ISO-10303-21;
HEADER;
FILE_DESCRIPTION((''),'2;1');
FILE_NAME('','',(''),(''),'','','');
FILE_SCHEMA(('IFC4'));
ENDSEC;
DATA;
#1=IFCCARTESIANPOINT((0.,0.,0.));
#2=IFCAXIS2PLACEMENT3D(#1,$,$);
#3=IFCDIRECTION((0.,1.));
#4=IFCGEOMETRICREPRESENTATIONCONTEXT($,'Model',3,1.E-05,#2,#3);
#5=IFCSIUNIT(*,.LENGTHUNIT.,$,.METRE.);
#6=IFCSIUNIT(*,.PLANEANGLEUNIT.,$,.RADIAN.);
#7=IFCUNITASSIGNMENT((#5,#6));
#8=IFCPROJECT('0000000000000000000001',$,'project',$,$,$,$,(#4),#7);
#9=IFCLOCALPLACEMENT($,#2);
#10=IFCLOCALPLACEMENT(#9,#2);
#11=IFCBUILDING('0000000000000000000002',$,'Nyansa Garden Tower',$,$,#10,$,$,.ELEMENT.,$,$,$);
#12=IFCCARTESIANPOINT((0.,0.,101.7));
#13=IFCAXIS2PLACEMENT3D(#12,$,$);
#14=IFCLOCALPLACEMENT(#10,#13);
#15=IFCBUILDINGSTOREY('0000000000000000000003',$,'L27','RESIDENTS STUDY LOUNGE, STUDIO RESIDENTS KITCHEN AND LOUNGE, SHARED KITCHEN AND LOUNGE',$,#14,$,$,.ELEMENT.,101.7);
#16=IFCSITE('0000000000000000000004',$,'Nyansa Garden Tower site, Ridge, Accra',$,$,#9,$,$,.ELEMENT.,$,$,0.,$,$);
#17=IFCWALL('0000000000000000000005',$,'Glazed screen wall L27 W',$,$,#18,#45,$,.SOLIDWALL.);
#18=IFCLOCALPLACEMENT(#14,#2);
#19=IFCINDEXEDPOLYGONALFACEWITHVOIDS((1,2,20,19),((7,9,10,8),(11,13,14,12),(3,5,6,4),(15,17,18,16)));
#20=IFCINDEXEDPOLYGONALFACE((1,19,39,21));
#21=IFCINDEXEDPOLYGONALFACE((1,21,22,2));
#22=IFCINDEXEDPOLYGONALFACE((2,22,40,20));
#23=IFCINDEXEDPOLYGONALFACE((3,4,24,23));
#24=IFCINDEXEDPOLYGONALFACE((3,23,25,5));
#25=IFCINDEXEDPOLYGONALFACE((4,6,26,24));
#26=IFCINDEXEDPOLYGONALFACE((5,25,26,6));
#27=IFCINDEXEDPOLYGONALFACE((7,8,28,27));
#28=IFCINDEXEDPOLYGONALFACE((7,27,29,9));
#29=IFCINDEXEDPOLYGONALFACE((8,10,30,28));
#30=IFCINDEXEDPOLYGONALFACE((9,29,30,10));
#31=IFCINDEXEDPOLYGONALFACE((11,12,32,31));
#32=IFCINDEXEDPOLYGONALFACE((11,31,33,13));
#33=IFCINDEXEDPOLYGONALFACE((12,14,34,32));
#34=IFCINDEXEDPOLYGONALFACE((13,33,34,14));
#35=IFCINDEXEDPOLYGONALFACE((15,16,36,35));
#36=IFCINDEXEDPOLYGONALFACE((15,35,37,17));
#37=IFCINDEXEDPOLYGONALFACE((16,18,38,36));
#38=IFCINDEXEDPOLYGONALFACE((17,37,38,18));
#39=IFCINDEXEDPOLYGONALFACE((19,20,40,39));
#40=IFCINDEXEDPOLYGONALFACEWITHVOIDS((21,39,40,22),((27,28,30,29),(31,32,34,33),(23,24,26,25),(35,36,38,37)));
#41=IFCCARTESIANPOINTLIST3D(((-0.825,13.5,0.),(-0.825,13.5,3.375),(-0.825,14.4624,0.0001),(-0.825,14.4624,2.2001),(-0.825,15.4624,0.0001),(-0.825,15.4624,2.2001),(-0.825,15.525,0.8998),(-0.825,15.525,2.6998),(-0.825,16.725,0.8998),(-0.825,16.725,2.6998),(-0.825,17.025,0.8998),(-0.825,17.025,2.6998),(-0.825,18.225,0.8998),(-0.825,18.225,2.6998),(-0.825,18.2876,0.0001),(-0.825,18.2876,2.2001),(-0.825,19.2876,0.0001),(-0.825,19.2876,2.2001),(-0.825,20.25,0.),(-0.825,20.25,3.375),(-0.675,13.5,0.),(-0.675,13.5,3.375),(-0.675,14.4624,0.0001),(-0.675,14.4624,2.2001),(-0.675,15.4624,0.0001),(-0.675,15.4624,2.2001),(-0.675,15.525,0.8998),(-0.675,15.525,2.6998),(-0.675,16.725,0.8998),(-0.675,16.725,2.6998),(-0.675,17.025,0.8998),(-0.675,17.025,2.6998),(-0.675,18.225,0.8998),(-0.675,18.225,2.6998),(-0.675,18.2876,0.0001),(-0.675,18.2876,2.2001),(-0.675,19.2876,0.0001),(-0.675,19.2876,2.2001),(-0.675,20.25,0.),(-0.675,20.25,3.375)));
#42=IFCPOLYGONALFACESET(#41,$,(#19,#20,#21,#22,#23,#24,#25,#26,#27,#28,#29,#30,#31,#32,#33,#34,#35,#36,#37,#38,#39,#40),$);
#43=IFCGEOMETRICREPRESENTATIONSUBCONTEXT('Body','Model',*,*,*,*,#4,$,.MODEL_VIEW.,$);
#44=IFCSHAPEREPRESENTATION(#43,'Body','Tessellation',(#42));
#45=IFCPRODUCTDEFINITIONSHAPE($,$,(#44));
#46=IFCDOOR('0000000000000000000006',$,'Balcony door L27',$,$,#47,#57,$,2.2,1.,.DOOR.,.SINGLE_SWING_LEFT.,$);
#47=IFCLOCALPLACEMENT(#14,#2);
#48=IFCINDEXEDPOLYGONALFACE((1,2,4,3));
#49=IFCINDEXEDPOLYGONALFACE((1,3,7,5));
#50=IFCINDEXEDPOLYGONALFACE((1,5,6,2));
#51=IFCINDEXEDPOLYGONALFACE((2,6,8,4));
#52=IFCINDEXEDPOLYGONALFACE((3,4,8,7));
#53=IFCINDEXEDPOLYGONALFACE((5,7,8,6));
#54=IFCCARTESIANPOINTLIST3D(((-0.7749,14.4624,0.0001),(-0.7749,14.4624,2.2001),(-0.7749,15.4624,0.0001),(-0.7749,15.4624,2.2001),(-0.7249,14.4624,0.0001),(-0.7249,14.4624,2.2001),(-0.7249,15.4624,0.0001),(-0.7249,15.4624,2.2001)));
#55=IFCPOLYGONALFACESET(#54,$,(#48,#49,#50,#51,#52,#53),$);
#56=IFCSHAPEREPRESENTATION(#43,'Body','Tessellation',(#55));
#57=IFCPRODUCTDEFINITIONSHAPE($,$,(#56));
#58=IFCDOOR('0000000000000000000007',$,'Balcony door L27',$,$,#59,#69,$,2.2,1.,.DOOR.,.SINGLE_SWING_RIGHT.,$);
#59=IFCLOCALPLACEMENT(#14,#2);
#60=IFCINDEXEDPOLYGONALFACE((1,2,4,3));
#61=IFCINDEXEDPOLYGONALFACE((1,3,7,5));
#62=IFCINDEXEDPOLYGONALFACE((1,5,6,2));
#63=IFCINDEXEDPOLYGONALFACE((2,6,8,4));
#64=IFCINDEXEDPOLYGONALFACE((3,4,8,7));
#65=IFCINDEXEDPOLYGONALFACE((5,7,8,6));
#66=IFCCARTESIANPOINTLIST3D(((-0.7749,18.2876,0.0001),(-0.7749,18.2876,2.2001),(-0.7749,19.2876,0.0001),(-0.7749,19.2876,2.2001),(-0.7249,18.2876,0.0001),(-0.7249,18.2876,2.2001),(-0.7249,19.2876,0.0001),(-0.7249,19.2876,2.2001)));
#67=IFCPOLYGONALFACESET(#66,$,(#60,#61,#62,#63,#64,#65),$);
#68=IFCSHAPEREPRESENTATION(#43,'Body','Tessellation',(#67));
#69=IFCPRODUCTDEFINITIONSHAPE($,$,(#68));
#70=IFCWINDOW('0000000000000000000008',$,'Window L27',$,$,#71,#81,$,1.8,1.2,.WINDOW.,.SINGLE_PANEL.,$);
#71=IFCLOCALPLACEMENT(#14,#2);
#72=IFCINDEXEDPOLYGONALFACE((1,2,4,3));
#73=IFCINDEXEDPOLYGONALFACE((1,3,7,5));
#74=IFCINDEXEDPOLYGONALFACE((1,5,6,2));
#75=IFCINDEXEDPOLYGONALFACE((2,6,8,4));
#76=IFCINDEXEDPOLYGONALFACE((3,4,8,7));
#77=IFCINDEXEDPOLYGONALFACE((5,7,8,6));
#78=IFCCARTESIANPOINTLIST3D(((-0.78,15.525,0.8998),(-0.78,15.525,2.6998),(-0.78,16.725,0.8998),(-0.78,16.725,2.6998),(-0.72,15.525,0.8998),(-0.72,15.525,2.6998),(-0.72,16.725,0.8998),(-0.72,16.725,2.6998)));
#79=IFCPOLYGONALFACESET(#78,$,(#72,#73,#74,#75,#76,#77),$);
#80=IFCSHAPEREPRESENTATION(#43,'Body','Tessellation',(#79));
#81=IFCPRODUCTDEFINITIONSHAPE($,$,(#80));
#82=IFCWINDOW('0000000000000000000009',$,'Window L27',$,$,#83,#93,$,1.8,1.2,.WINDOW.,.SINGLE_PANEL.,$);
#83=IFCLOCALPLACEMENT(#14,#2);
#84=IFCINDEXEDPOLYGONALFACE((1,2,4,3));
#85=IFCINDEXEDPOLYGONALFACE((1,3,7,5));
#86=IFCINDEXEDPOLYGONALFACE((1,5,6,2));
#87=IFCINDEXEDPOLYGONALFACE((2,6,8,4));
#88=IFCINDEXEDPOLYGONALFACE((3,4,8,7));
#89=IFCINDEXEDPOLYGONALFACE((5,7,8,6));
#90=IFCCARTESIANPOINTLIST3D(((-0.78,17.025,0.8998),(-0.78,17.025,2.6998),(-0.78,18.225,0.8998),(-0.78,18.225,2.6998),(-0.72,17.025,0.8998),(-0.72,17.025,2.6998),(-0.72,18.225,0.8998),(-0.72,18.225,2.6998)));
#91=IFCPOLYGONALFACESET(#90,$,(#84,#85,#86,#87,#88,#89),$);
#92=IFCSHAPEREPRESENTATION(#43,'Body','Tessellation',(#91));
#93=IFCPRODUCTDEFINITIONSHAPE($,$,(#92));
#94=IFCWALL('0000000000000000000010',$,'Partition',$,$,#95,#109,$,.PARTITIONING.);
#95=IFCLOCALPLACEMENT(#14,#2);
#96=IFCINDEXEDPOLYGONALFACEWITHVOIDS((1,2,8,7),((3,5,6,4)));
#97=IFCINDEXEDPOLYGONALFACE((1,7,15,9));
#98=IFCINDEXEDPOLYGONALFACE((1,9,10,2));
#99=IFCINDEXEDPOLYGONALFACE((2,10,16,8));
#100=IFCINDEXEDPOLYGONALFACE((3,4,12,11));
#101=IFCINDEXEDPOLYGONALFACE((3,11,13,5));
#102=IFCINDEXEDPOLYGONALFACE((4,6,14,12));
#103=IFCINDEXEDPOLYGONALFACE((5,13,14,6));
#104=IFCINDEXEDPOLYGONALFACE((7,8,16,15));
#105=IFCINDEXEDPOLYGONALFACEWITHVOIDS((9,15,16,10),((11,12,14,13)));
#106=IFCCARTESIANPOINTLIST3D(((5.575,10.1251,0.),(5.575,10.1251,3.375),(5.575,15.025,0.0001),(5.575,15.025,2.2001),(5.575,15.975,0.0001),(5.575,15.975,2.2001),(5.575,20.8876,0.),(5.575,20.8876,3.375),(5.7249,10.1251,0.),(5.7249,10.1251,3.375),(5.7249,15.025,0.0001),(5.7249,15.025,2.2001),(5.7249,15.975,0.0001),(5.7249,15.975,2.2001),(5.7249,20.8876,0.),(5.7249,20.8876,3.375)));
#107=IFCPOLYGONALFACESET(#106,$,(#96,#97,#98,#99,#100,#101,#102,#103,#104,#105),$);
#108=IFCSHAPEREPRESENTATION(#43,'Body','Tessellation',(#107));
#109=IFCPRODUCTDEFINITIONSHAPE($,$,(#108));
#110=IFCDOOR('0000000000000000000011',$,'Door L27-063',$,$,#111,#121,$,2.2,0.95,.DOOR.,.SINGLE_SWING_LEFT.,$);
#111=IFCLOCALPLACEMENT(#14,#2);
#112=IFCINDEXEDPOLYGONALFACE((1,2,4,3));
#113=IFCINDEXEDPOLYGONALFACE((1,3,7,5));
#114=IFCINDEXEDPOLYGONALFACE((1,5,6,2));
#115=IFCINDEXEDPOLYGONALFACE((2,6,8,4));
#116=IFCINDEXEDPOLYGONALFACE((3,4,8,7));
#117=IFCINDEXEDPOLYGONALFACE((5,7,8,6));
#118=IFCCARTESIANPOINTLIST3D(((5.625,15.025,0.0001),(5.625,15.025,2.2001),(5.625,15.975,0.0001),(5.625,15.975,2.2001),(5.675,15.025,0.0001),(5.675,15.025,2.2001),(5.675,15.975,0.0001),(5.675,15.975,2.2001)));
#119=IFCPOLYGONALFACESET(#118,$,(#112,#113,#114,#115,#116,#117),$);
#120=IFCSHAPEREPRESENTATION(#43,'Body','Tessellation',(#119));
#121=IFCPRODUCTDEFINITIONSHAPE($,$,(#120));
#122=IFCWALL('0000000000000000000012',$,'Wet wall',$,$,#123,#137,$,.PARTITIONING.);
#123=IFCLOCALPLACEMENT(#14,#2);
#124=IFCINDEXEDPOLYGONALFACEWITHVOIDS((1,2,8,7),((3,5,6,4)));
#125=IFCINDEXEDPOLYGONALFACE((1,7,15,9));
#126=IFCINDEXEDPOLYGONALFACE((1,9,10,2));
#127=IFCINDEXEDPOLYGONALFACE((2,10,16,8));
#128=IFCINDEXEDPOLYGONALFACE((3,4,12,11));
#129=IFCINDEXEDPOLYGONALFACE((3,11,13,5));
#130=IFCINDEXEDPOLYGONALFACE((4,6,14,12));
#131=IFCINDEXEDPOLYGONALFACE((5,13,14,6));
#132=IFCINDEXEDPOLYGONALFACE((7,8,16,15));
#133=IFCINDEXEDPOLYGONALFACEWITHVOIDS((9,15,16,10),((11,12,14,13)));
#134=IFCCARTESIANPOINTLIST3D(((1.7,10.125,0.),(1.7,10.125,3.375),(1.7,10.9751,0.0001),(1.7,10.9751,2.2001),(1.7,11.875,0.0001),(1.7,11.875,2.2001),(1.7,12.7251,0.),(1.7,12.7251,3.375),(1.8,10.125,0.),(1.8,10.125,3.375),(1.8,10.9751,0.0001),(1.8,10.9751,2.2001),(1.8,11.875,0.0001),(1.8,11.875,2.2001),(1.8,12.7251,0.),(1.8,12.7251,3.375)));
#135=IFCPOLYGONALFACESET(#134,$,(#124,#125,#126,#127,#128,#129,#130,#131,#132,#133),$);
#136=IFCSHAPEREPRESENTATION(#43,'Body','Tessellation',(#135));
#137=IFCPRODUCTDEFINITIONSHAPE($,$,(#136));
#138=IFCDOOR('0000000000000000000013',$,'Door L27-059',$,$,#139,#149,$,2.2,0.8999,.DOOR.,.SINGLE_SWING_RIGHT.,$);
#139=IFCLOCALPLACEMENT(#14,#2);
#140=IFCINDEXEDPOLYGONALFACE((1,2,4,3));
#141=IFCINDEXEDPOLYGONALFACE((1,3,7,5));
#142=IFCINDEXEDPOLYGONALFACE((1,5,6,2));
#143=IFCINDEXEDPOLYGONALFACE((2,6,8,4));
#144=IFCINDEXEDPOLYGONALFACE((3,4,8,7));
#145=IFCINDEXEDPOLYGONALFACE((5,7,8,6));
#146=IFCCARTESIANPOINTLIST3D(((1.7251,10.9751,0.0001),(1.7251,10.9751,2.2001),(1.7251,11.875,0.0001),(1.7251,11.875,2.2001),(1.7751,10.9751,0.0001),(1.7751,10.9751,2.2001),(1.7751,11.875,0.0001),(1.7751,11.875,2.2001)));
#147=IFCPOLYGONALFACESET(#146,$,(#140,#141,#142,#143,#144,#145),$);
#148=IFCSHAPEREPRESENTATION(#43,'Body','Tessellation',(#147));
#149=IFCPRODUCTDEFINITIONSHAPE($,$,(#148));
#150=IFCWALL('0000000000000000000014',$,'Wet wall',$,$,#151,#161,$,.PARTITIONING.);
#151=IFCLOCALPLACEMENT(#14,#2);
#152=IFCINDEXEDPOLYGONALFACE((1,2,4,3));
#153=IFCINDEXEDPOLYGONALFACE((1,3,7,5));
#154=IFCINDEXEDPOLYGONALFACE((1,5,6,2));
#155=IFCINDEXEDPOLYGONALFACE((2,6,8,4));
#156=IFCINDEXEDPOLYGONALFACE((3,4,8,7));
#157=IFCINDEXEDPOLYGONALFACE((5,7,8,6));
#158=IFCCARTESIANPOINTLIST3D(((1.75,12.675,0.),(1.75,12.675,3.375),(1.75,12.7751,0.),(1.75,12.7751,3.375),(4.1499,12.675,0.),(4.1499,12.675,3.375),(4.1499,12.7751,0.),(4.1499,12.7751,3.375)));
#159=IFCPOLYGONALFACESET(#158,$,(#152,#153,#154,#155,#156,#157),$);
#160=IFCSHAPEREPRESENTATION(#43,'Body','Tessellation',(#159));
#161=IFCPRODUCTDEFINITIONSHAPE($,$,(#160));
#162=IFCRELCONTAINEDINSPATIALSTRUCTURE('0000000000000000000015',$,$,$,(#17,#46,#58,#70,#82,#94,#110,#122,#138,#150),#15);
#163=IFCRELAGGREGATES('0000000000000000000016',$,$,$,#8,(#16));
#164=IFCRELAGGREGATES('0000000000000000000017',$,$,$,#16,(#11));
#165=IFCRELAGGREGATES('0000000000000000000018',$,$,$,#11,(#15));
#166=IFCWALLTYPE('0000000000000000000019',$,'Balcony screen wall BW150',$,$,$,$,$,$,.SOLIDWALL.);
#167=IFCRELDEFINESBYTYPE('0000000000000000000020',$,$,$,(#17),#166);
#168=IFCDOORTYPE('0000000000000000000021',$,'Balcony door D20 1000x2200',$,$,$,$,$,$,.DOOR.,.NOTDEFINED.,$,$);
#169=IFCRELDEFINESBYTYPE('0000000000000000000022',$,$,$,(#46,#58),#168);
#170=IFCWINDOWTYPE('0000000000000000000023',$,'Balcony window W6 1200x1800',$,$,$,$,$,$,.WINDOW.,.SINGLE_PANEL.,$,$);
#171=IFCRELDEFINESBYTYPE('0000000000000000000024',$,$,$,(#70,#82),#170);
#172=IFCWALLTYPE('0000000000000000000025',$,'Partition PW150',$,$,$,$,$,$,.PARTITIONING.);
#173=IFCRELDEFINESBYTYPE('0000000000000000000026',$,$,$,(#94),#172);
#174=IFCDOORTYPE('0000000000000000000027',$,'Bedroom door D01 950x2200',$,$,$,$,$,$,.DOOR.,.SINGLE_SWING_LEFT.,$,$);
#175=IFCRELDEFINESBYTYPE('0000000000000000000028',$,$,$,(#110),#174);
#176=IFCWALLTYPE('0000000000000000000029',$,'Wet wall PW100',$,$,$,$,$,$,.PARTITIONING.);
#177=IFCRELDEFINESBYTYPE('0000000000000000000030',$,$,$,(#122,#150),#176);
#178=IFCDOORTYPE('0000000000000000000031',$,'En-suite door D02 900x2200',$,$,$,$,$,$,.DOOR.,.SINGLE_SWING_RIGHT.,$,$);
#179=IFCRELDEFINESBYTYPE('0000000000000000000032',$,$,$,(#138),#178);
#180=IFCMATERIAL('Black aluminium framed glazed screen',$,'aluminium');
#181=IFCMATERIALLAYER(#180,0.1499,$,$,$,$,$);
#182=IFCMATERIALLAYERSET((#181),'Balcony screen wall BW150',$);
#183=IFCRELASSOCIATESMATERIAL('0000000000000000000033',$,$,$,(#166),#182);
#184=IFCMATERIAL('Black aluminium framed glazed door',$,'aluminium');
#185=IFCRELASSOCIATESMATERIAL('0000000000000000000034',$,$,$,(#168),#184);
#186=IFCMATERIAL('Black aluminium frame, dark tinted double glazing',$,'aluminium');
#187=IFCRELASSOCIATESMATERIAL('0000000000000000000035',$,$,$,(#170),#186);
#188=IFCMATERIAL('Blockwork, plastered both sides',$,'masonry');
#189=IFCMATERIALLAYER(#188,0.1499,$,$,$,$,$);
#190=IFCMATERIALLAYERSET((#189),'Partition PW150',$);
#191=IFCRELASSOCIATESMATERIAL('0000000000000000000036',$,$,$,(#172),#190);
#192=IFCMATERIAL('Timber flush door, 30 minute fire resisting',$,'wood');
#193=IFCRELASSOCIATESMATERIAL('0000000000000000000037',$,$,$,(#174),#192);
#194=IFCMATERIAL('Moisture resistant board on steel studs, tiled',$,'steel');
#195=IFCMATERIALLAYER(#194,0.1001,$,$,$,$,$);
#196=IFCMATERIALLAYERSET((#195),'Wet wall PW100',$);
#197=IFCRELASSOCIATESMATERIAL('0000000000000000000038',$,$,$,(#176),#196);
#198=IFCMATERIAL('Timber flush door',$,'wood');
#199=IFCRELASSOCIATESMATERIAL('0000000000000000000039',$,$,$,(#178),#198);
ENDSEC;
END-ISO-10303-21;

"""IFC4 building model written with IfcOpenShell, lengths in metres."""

from ifc_helpers import new_model, si_unit, direction, frame, frame_2d, origin, place, context, subcontext, project, spatial, rectangle, extrude, material, layer, layer_set, type_object, element, fill, save


model = new_model("IFC4")

# Units and contexts
model_context = context("Model", 3, precision=1e-05, world=origin(), true_north=direction((0.0, 1.0)))
body_context = subcontext(model_context, "Body", "Model", "MODEL_VIEW")
ifc_project = project(units=[si_unit("LENGTHUNIT", "METRE"), si_unit("PLANEANGLEUNIT", "RADIAN")], contexts=[model_context])

# Site, building, storey
site_placement = place(None, origin())
site = spatial("IfcSite", under=ifc_project, at=site_placement, Name="Nyansa Garden Tower site, Ridge, Accra", CompositionType="ELEMENT", RefElevation=0.0)
building_placement = place(site_placement, origin())
building = spatial("IfcBuilding", under=site, at=building_placement, Name="Nyansa Garden Tower", CompositionType="ELEMENT")
storey_placement = place(building_placement, frame((0.0, 0.0, 101.7)))
storey = spatial("IfcBuildingStorey", under=building, at=storey_placement, Name="L27", Description="RESIDENTS STUDY LOUNGE, STUDIO RESIDENTS KITCHEN AND LOUNGE, SHARED KITCHEN AND LOUNGE", CompositionType="ELEMENT", Elevation=101.7)

# Wall, openings, doors, windows
ifc_material_1 = material(Name="Black aluminium framed glazed screen", Category="aluminium")
ifc_layer_1 = layer(ifc_material_1, 0.1499)
ifc_layer_set_1 = layer_set([ifc_layer_1], Name="Balcony screen wall BW150")
wall_type_1 = type_object("IfcWallType", Name="Balcony screen wall BW150", PredefinedType="SOLIDWALL", material=ifc_layer_set_1)
wall_1_placement = place(storey_placement, frame((-0.75, 13.5, 0.0), z_axis=(0.0, 0.0, 1.0), x_axis=(0.0, 1.0, 0.0)))
wall_1 = element("IfcWall", 1, at=wall_1_placement, inside=storey, type_object=wall_type_1, Name="Glazed screen wall L27 W", PredefinedType="SOLIDWALL", context=body_context, shape_type="SweptSolid", body=[
    extrude(rectangle(XDim=6.75, YDim=0.1499, at=frame_2d((3.375, 0.0))), origin(), (0.0, 0.0, 1.0), 3.375),
])
opening_1_placement = place(wall_1_placement, frame((0.9624, 0.0, 0.0)))
opening_1 = element("IfcOpeningElement", 2, at=opening_1_placement, cuts=wall_1, PredefinedType="OPENING", context=body_context, shape_type="SweptSolid", body=[
    extrude(rectangle(XDim=1.0, YDim=2.2, at=frame_2d((0.5, 1.1001))), frame((0.0, 0.085, 0.0), z_axis=(0.0, -1.0, 0.0), x_axis=(1.0, 0.0, 0.0)), (0.0, 0.0, 1.0), 0.1699),
])
opening_2_placement = place(wall_1_placement, frame((2.0249, 0.0, 0.8999)))
opening_2 = element("IfcOpeningElement", 3, at=opening_2_placement, cuts=wall_1, PredefinedType="OPENING", context=body_context, shape_type="SweptSolid", body=[
    extrude(rectangle(XDim=1.2, YDim=1.8, at=frame_2d((0.6001, 0.8999))), frame((0.0, 0.085, 0.0), z_axis=(0.0, -1.0, 0.0), x_axis=(1.0, 0.0, 0.0)), (0.0, 0.0, 1.0), 0.1699),
])
opening_3_placement = place(wall_1_placement, frame((4.7876, 0.0, 0.0)))
opening_3 = element("IfcOpeningElement", 4, at=opening_3_placement, cuts=wall_1, PredefinedType="OPENING", context=body_context, shape_type="SweptSolid", body=[
    extrude(rectangle(XDim=1.0, YDim=2.2, at=frame_2d((0.5, 1.1001))), frame((0.0, 0.085, 0.0), z_axis=(0.0, -1.0, 0.0), x_axis=(1.0, 0.0, 0.0)), (0.0, 0.0, 1.0), 0.1699),
])
opening_4_placement = place(wall_1_placement, frame((3.5249, 0.0, 0.8999)))
opening_4 = element("IfcOpeningElement", 5, at=opening_4_placement, cuts=wall_1, PredefinedType="OPENING", context=body_context, shape_type="SweptSolid", body=[
    extrude(rectangle(XDim=1.2, YDim=1.8, at=frame_2d((0.6001, 0.8999))), frame((0.0, 0.085, 0.0), z_axis=(0.0, -1.0, 0.0), x_axis=(1.0, 0.0, 0.0)), (0.0, 0.0, 1.0), 0.1699),
])
ifc_material_2 = material(Name="Black aluminium framed glazed door", Category="aluminium")
door_type_1 = type_object("IfcDoorType", Name="Balcony door D20 1000x2200", OperationType="NOTDEFINED", PredefinedType="DOOR", material=ifc_material_2)
door_1_placement = place(opening_1_placement, origin())
door_1 = element("IfcDoor", 6, at=door_1_placement, inside=storey, type_object=door_type_1, Name="Balcony door L27", OperationType="SINGLE_SWING_LEFT", OverallHeight=2.2, OverallWidth=1.0, PredefinedType="DOOR", context=body_context, shape_type="SweptSolid", body=[
    extrude(rectangle(XDim=1.0, YDim=2.2, at=frame_2d((0.5, 1.1001))), frame((0.0, 0.0249, 0.0), z_axis=(0.0, -1.0, 0.0), x_axis=(1.0, 0.0, 0.0)), (0.0, 0.0, 1.0), 0.05),
])
fill(opening_1, door_1)
door_2_placement = place(opening_3_placement, origin())
door_2 = element("IfcDoor", 7, at=door_2_placement, inside=storey, type_object=door_type_1, Name="Balcony door L27", OperationType="SINGLE_SWING_RIGHT", OverallHeight=2.2, OverallWidth=1.0, PredefinedType="DOOR", context=body_context, shape_type="SweptSolid", body=[
    extrude(rectangle(XDim=1.0, YDim=2.2, at=frame_2d((0.5, 1.1001))), frame((0.0, 0.0249, 0.0), z_axis=(0.0, -1.0, 0.0), x_axis=(1.0, 0.0, 0.0)), (0.0, 0.0, 1.0), 0.05),
])
fill(opening_3, door_2)
ifc_material_3 = material(Name="Black aluminium frame, dark tinted double glazing", Category="aluminium")
window_type = type_object("IfcWindowType", Name="Balcony window W6 1200x1800", PartitioningType="SINGLE_PANEL", PredefinedType="WINDOW", material=ifc_material_3)
window_1_placement = place(opening_2_placement, origin())
window_1 = element("IfcWindow", 8, at=window_1_placement, inside=storey, type_object=window_type, Name="Window L27", OverallHeight=1.8, OverallWidth=1.2, PartitioningType="SINGLE_PANEL", PredefinedType="WINDOW", context=body_context, shape_type="SweptSolid", body=[
    extrude(rectangle(XDim=1.2, YDim=1.8, at=frame_2d((0.6001, 0.8999))), frame((0.0, 0.03, 0.0), z_axis=(0.0, -1.0, 0.0), x_axis=(1.0, 0.0, 0.0)), (0.0, 0.0, 1.0), 0.0601),
])
fill(opening_2, window_1)
window_2_placement = place(opening_4_placement, origin())
window_2 = element("IfcWindow", 9, at=window_2_placement, inside=storey, type_object=window_type, Name="Window L27", OverallHeight=1.8, OverallWidth=1.2, PartitioningType="SINGLE_PANEL", PredefinedType="WINDOW", context=body_context, shape_type="SweptSolid", body=[
    extrude(rectangle(XDim=1.2, YDim=1.8, at=frame_2d((0.6001, 0.8999))), frame((0.0, 0.03, 0.0), z_axis=(0.0, -1.0, 0.0), x_axis=(1.0, 0.0, 0.0)), (0.0, 0.0, 1.0), 0.0601),
])
fill(opening_4, window_2)

# Walls, openings, doors
ifc_material_4 = material(Name="Blockwork, plastered both sides", Category="masonry")
ifc_layer_2 = layer(ifc_material_4, 0.1499)
ifc_layer_set_2 = layer_set([ifc_layer_2], Name="Partition PW150")
wall_type_2 = type_object("IfcWallType", Name="Partition PW150", PredefinedType="PARTITIONING", material=ifc_layer_set_2)
wall_2_placement = place(storey_placement, frame((5.6499, 10.125, 0.0), z_axis=(0.0, 0.0, 1.0), x_axis=(0.0, 1.0, 0.0)))
wall_2 = element("IfcWall", 10, at=wall_2_placement, inside=storey, type_object=wall_type_2, Name="Partition", PredefinedType="PARTITIONING", context=body_context, shape_type="SweptSolid", body=[
    extrude(rectangle(XDim=10.7625, YDim=0.1499, at=frame_2d((5.3813, 0.0))), origin(), (0.0, 0.0, 1.0), 3.375),
])
opening_5_placement = place(wall_2_placement, frame((4.8999, 0.0, 0.0)))
opening_5 = element("IfcOpeningElement", 11, at=opening_5_placement, cuts=wall_2, PredefinedType="OPENING", context=body_context, shape_type="SweptSolid", body=[
    extrude(rectangle(XDim=0.95, YDim=2.2, at=frame_2d((0.4751, 1.1001))), frame((0.0, 0.085, 0.0), z_axis=(0.0, -1.0, 0.0), x_axis=(1.0, 0.0, 0.0)), (0.0, 0.0, 1.0), 0.1699),
])
ifc_material_5 = material(Name="Timber flush door, 30 minute fire resisting", Category="wood")
door_type_2 = type_object("IfcDoorType", Name="Bedroom door D01 950x2200", OperationType="SINGLE_SWING_LEFT", PredefinedType="DOOR", material=ifc_material_5)
door_3_placement = place(opening_5_placement, origin())
door_3 = element("IfcDoor", 12, at=door_3_placement, inside=storey, type_object=door_type_2, Name="Door L27-063", OperationType="SINGLE_SWING_LEFT", OverallHeight=2.2, OverallWidth=0.95, PredefinedType="DOOR", context=body_context, shape_type="SweptSolid", body=[
    extrude(rectangle(XDim=0.95, YDim=2.2, at=frame_2d((0.4751, 1.1001))), frame((0.0, 0.0249, 0.0), z_axis=(0.0, -1.0, 0.0), x_axis=(1.0, 0.0, 0.0)), (0.0, 0.0, 1.0), 0.05),
])
fill(opening_5, door_3)
ifc_material_6 = material(Name="Moisture resistant board on steel studs, tiled", Category="steel")
ifc_layer_3 = layer(ifc_material_6, 0.1001)
ifc_layer_set_3 = layer_set([ifc_layer_3], Name="Wet wall PW100")
wall_type_3 = type_object("IfcWallType", Name="Wet wall PW100", PredefinedType="PARTITIONING", material=ifc_layer_set_3)
wall_3_placement = place(storey_placement, frame((1.75, 10.125, 0.0), z_axis=(0.0, 0.0, 1.0), x_axis=(0.0, 1.0, 0.0)))
wall_3 = element("IfcWall", 13, at=wall_3_placement, inside=storey, type_object=wall_type_3, Name="Wet wall", PredefinedType="PARTITIONING", context=body_context, shape_type="SweptSolid", body=[
    extrude(rectangle(XDim=2.6001, YDim=0.1001, at=frame_2d((1.3, 0.0))), origin(), (0.0, 0.0, 1.0), 3.375),
])
opening_6_placement = place(wall_3_placement, frame((0.8501, 0.0, 0.0)))
opening_6 = element("IfcOpeningElement", 14, at=opening_6_placement, cuts=wall_3, PredefinedType="OPENING", context=body_context, shape_type="SweptSolid", body=[
    extrude(rectangle(XDim=0.8999, YDim=2.2, at=frame_2d((0.45, 1.1001))), frame((0.0, 0.0601, 0.0), z_axis=(0.0, -1.0, 0.0), x_axis=(1.0, 0.0, 0.0)), (0.0, 0.0, 1.0), 0.1201),
])
ifc_material_7 = material(Name="Timber flush door", Category="wood")
door_type_3 = type_object("IfcDoorType", Name="En-suite door D02 900x2200", OperationType="SINGLE_SWING_RIGHT", PredefinedType="DOOR", material=ifc_material_7)
door_4_placement = place(opening_6_placement, origin())
door_4 = element("IfcDoor", 15, at=door_4_placement, inside=storey, type_object=door_type_3, Name="Door L27-059", OperationType="SINGLE_SWING_RIGHT", OverallHeight=2.2, OverallWidth=0.8999, PredefinedType="DOOR", context=body_context, shape_type="SweptSolid", body=[
    extrude(rectangle(XDim=0.8999, YDim=2.2, at=frame_2d((0.45, 1.1001))), frame((0.0, 0.0249, 0.0), z_axis=(0.0, -1.0, 0.0), x_axis=(1.0, 0.0, 0.0)), (0.0, 0.0, 1.0), 0.05),
])
fill(opening_6, door_4)

# Wall
wall_4_placement = place(storey_placement, frame((1.75, 12.7251, 0.0), z_axis=(0.0, 0.0, 1.0), x_axis=(1.0, 0.0, 0.0)))
element("IfcWall", 16, at=wall_4_placement, inside=storey, type_object=wall_type_3, Name="Wet wall", PredefinedType="PARTITIONING", context=body_context, shape_type="SweptSolid", body=[
    extrude(rectangle(XDim=2.3999, YDim=0.1001, at=frame_2d((1.2, 0.0))), origin(), (0.0, 0.0, 1.0), 3.375),
])

save(model, "model.ifc")
